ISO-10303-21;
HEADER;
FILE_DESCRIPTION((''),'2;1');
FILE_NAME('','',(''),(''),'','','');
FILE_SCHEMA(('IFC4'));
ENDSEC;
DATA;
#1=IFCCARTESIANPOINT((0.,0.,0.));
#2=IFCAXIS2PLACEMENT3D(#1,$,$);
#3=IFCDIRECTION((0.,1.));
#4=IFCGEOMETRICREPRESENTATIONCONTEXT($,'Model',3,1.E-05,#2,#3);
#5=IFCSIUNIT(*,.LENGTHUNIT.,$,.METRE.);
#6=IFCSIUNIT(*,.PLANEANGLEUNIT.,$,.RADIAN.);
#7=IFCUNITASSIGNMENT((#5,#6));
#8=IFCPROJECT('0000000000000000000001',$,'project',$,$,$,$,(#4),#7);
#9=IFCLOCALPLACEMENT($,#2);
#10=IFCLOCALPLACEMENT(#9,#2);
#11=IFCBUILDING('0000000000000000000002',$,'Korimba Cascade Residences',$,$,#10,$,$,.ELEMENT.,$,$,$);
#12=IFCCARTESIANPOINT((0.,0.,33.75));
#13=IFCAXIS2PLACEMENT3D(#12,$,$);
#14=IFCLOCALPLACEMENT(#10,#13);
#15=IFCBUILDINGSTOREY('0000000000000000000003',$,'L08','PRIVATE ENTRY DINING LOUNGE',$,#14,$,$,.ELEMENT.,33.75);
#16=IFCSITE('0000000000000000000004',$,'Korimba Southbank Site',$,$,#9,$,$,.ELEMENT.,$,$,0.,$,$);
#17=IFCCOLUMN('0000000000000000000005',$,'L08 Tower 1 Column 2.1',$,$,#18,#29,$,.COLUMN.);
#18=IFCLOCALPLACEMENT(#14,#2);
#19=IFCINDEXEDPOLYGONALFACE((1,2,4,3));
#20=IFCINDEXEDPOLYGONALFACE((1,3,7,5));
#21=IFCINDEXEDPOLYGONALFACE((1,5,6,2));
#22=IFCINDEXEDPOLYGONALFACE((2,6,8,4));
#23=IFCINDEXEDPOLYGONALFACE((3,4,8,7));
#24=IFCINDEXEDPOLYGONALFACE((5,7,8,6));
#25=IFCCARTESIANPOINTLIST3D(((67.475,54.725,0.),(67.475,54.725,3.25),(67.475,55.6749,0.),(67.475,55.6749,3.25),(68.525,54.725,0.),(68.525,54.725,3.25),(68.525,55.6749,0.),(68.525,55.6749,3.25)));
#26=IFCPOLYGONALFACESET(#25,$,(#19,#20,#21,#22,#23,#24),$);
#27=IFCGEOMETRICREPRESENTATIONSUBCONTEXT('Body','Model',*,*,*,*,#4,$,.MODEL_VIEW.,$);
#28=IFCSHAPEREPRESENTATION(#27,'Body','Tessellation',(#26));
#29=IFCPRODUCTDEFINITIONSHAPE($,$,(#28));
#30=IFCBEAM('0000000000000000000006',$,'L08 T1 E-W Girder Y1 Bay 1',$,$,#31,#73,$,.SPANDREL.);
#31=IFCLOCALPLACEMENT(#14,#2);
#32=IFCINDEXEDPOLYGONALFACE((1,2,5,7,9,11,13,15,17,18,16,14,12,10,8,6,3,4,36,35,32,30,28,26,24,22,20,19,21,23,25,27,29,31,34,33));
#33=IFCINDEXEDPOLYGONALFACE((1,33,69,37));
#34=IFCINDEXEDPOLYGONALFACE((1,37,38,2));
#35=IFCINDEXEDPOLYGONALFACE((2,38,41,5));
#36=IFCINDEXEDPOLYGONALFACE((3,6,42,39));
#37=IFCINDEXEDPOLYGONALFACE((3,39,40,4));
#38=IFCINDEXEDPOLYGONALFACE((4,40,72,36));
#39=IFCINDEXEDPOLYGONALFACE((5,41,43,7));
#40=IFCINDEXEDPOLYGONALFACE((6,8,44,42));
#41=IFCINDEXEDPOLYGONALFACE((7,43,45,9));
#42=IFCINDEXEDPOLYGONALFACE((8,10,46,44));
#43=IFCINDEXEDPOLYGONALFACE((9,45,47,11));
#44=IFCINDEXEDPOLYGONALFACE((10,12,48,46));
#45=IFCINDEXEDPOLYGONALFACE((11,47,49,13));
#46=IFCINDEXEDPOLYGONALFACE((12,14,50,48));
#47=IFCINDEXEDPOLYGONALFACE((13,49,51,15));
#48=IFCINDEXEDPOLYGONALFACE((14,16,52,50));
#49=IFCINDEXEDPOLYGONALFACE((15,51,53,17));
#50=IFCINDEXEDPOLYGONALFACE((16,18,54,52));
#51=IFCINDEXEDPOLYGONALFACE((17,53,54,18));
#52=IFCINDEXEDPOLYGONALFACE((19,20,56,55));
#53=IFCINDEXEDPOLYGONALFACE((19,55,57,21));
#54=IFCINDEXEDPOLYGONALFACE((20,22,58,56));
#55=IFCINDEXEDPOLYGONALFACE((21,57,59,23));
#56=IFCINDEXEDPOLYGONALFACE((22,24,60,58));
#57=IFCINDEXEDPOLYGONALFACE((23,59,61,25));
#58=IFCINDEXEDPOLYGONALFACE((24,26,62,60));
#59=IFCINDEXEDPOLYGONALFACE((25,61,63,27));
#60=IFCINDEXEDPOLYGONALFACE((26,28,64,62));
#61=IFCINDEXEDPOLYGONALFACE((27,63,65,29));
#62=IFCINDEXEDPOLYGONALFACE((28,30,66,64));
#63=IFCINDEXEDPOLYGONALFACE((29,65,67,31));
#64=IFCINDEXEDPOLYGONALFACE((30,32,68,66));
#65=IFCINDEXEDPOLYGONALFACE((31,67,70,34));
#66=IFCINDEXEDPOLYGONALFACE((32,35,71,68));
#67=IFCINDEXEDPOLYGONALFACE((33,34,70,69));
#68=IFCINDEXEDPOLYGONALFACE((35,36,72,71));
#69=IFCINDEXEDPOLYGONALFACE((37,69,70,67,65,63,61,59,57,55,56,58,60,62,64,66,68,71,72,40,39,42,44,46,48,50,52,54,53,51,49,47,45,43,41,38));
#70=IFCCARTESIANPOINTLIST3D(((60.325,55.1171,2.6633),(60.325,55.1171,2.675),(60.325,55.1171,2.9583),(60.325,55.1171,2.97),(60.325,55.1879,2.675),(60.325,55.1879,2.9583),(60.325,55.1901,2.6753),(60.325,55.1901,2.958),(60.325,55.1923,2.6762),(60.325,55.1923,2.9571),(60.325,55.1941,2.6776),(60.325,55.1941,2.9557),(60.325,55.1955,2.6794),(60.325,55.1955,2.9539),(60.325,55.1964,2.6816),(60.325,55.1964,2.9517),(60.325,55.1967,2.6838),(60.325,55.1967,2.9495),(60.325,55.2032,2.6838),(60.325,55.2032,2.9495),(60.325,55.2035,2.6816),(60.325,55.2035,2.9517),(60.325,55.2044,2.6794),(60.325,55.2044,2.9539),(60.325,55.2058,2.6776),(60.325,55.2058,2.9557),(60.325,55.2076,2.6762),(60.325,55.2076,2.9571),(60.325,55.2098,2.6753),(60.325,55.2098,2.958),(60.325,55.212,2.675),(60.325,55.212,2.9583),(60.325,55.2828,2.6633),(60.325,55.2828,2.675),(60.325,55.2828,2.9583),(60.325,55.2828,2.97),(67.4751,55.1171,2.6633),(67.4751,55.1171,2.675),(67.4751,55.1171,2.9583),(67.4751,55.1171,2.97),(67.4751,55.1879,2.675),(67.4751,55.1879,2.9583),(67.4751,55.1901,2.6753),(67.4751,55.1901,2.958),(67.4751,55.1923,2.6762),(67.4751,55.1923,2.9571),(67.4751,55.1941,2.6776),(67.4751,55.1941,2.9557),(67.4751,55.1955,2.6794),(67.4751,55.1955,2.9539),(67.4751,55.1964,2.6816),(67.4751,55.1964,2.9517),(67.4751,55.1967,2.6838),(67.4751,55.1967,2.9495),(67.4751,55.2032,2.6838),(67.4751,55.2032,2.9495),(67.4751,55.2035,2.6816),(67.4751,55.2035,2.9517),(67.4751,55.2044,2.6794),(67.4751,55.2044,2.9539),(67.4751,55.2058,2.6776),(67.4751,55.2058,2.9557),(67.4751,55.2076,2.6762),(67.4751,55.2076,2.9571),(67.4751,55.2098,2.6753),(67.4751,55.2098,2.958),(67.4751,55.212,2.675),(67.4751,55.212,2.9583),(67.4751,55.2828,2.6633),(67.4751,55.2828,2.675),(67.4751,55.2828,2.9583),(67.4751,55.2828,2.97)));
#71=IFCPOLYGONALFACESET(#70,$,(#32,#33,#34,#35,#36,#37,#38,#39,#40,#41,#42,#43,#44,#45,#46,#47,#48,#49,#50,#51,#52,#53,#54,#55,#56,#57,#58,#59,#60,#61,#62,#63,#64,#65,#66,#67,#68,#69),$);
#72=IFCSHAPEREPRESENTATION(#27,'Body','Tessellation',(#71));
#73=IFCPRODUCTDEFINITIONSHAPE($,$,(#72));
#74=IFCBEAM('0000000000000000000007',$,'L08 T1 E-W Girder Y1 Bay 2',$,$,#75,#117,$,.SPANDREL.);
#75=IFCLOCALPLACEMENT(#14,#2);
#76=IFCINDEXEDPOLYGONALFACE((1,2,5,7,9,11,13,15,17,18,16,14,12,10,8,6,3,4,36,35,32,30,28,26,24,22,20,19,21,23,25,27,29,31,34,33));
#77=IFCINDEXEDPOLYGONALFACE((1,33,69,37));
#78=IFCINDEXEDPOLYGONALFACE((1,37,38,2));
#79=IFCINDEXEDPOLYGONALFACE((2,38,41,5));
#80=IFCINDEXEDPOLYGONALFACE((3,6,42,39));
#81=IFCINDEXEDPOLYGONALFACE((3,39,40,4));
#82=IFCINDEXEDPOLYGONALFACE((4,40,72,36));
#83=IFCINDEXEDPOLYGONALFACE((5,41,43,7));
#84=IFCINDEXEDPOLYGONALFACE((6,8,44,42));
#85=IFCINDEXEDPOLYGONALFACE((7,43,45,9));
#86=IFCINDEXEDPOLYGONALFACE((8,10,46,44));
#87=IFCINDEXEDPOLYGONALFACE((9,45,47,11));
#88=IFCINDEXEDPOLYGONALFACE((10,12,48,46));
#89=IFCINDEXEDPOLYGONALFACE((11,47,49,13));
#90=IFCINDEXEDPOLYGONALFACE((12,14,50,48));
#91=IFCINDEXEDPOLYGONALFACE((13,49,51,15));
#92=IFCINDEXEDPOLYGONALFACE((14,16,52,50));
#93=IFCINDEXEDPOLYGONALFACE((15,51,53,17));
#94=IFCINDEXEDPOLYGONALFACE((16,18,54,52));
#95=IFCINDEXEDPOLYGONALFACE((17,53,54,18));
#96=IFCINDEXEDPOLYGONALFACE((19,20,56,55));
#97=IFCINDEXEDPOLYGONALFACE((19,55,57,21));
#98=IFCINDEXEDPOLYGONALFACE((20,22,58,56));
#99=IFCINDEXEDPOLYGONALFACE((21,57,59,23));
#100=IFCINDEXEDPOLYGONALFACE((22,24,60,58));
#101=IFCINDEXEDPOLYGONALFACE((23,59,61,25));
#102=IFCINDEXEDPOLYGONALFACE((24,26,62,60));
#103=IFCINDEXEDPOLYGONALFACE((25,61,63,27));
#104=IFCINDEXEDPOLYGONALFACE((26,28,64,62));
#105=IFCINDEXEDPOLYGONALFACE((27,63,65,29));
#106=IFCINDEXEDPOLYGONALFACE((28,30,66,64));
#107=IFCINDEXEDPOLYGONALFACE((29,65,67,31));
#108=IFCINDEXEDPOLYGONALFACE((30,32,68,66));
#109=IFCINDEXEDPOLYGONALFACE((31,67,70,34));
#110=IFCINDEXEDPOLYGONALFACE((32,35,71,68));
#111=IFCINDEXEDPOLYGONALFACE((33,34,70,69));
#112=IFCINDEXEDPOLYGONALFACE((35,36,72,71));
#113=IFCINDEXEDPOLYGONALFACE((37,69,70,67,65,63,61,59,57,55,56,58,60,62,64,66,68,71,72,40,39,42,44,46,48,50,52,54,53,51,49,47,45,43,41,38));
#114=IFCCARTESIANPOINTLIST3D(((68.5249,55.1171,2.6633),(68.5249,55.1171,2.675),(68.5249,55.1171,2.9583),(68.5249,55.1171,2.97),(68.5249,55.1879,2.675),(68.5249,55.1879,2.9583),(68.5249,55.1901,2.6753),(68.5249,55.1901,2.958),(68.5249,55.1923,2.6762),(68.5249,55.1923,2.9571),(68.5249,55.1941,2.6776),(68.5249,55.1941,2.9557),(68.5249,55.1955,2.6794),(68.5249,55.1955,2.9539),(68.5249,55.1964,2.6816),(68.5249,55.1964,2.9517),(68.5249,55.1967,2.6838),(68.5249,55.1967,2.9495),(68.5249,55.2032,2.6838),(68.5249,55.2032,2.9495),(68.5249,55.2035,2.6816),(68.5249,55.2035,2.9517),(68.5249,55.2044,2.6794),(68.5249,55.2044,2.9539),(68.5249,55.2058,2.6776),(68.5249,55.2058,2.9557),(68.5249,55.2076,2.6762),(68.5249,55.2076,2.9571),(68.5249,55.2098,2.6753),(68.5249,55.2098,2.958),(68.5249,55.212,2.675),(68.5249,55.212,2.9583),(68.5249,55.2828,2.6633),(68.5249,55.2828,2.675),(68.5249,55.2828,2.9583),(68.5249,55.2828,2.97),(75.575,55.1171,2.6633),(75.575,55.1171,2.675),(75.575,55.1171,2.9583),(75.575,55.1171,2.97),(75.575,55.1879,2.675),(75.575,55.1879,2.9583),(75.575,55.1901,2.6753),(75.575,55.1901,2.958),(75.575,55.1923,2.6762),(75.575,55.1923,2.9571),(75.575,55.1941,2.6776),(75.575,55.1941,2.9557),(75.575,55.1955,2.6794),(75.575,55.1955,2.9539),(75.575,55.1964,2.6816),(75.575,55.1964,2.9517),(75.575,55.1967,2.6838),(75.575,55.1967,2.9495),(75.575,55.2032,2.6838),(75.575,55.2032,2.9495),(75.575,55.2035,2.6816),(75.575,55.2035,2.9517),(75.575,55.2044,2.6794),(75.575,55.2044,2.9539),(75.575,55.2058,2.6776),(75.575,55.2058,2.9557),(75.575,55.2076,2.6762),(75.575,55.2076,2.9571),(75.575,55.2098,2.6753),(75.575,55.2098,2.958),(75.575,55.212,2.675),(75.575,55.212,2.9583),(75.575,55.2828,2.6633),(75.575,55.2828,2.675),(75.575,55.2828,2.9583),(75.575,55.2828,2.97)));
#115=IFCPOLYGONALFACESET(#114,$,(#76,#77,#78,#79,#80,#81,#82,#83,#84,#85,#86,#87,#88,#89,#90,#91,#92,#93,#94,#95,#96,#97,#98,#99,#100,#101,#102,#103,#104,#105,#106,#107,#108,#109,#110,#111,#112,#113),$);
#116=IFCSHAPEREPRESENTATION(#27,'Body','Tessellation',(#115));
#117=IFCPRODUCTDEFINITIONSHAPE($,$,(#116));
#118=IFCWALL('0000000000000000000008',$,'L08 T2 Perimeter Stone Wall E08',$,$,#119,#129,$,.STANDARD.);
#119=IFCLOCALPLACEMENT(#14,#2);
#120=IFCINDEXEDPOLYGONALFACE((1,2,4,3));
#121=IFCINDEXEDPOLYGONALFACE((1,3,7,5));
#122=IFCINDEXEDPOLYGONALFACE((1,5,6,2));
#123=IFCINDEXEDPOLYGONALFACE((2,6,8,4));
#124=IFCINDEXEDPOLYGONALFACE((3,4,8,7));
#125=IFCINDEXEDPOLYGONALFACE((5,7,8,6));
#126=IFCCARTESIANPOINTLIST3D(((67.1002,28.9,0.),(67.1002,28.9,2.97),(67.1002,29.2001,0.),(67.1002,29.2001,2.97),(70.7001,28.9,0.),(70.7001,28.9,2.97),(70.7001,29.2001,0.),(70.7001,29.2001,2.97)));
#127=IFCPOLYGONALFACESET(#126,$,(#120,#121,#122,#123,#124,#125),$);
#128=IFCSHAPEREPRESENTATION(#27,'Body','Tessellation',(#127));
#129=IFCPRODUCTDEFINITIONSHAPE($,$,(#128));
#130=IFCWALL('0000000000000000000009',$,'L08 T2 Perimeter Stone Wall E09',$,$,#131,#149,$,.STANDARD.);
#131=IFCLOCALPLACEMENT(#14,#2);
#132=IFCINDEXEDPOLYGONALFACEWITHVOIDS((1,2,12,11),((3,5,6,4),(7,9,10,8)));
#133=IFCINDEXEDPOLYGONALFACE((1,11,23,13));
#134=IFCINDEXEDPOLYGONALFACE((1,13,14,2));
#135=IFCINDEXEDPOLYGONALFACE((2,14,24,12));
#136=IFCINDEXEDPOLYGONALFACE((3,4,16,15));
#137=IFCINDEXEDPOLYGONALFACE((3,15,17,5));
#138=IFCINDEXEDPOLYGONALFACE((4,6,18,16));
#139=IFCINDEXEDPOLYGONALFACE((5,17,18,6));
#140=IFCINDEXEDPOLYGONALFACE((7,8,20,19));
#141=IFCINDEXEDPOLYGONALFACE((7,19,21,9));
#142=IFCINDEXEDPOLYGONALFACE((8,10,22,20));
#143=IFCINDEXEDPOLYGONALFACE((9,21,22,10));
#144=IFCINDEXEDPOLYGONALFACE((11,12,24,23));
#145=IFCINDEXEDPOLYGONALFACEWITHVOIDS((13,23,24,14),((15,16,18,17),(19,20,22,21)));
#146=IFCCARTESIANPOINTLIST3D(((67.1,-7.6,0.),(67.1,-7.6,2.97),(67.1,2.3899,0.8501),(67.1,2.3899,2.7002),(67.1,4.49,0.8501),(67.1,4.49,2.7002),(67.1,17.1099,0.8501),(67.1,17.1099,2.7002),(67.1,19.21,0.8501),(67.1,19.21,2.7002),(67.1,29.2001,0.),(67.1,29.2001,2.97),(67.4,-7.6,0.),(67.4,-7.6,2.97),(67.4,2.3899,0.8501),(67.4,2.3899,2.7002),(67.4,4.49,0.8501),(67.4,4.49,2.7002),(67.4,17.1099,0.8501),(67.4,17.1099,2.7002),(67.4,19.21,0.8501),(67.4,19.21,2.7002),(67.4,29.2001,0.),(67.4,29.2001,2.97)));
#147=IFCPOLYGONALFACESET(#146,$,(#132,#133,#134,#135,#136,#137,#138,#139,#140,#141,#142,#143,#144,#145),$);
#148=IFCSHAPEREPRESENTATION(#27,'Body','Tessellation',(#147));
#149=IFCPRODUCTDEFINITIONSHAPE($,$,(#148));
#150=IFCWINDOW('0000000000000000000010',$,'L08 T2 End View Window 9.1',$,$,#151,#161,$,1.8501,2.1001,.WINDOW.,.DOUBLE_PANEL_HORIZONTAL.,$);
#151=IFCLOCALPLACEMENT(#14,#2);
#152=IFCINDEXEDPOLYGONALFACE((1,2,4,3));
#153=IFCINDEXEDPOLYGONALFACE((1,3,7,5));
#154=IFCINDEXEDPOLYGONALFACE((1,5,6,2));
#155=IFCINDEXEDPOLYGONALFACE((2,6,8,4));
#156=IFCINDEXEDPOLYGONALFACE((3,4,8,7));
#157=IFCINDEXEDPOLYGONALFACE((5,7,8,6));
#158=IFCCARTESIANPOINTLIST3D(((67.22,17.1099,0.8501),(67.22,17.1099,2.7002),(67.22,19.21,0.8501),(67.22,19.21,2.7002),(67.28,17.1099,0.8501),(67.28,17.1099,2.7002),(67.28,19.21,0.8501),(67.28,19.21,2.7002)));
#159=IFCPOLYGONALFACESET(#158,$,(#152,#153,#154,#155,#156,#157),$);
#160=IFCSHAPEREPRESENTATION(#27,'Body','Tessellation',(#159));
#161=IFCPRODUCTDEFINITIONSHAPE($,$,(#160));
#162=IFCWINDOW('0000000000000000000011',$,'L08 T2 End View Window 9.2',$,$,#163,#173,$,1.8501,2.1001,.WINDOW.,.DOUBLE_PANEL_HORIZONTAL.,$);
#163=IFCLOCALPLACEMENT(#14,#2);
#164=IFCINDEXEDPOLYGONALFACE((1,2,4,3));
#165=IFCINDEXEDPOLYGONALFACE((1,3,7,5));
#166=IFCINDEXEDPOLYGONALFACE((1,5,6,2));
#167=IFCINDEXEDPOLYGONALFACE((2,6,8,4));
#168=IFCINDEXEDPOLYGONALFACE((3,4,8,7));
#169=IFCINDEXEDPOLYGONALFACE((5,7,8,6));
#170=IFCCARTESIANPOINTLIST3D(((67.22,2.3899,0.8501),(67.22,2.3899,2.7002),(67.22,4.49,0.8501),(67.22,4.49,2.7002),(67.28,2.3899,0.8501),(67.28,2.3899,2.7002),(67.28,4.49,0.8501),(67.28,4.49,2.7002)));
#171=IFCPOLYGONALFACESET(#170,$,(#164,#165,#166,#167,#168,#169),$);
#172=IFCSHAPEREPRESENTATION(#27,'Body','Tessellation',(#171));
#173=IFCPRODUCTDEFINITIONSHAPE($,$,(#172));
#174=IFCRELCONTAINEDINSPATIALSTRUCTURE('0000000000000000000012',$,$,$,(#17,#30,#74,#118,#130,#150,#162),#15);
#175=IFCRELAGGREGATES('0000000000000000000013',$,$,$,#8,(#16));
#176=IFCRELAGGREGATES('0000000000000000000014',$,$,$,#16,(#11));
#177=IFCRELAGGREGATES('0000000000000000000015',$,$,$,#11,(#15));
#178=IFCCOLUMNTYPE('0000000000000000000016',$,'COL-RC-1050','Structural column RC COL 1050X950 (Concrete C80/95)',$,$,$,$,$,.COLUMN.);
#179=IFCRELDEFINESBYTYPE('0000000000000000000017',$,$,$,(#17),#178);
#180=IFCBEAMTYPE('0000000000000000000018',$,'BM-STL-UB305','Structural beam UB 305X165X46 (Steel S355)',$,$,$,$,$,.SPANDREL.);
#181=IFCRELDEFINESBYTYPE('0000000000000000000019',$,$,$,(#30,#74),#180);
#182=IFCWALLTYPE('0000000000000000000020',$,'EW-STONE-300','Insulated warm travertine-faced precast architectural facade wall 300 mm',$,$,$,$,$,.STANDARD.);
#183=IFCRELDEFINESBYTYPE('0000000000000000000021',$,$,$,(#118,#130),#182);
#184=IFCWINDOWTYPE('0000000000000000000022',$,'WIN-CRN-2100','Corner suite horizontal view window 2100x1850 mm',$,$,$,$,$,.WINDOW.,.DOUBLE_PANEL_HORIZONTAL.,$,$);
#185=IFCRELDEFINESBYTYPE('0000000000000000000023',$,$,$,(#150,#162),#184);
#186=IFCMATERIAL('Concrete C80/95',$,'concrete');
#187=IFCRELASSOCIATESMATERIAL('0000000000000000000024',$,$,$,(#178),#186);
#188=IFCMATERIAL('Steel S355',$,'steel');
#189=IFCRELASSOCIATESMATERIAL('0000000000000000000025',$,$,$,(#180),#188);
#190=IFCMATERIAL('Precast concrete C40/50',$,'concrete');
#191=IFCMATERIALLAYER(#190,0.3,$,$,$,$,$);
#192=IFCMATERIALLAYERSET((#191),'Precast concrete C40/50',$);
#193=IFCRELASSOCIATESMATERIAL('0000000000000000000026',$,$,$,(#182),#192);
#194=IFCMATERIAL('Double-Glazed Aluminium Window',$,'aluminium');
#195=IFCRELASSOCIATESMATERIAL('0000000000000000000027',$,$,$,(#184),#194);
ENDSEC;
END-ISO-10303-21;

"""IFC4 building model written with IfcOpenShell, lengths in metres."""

from ifc_helpers import new_model, si_unit, direction, frame, frame_2d, origin, origin_2d, place, context, subcontext, project, spatial, rectangle, i_section, extrude, material, layer, layer_set, material_profile, profile_set, type_object, element, fill, save


model = new_model("IFC4")

# Units and contexts
model_context = context("Model", 3, precision=1e-05, world=origin(), true_north=direction((0.0, 1.0)))
body_context = subcontext(model_context, "Body", "Model", "MODEL_VIEW")
ifc_project = project(units=[si_unit("LENGTHUNIT", "METRE"), si_unit("PLANEANGLEUNIT", "RADIAN")], contexts=[model_context])

# Site, building, storey
site_placement = place(None, origin())
site = spatial("IfcSite", under=ifc_project, at=site_placement, Name="Korimba Southbank Site", CompositionType="ELEMENT", RefElevation=0.0)
building_placement = place(site_placement, origin())
building = spatial("IfcBuilding", under=site, at=building_placement, Name="Korimba Cascade Residences", CompositionType="ELEMENT")
storey_placement = place(building_placement, frame((0.0, 0.0, 33.75)))
storey = spatial("IfcBuildingStorey", under=building, at=storey_placement, Name="L08", Description="PRIVATE ENTRY DINING LOUNGE", CompositionType="ELEMENT", Elevation=33.75)

# Column
ifc_material_1 = material(Name="Concrete C80/95", Category="concrete")
ifc_material_profile_1 = material_profile(ifc_material_1, rectangle(XDim=1.05, YDim=0.95, at=origin_2d()), Name="Concrete C80/95")
ifc_profile_set_1 = profile_set([ifc_material_profile_1], Name="Concrete C80/95")
column_type = type_object("IfcColumnType", Name="COL-RC-1050", Description="Structural column RC COL 1050X950 (Concrete C80/95)", PredefinedType="COLUMN", material=ifc_profile_set_1)
column_placement = place(storey_placement, frame((68.0, 55.2, 0.0), z_axis=(0.0, 0.0, 1.0), x_axis=(1.0, 0.0, 0.0)))
element("IfcColumn", 1, at=column_placement, inside=storey, type_object=column_type, Name="L08 Tower 1 Column 2.1", PredefinedType="COLUMN", context=body_context, shape_type="SweptSolid", body=[
    extrude(rectangle(XDim=1.05, YDim=0.95, at=origin_2d()), origin(), (0.0, 0.0, 1.0), 3.25),
])

# Beams
ifc_material_2 = material(Name="Steel S355", Category="steel")
ifc_material_profile_2 = material_profile(ifc_material_2, i_section(OverallWidth=0.1658, OverallDepth=0.3066, WebThickness=0.0066, FlangeThickness=0.0117, FilletRadius=0.0088, at=origin_2d()), Name="Steel S355")
ifc_profile_set_2 = profile_set([ifc_material_profile_2], Name="Steel S355")
beam_type = type_object("IfcBeamType", Name="BM-STL-UB305", Description="Structural beam UB 305X165X46 (Steel S355)", PredefinedType="SPANDREL", material=ifc_profile_set_2)
beam_1_placement = place(storey_placement, frame((60.325, 55.2, 2.8167), z_axis=(1.0, 0.0, 0.0), x_axis=(0.0, 1.0, 0.0)))
element("IfcBeam", 2, at=beam_1_placement, inside=storey, type_object=beam_type, Name="L08 T1 E-W Girder Y1 Bay 1", PredefinedType="SPANDREL", context=body_context, shape_type="SweptSolid", body=[
    extrude(i_section(OverallWidth=0.1658, OverallDepth=0.3066, WebThickness=0.0066, FlangeThickness=0.0117, FilletRadius=0.0088, at=origin_2d()), origin(), (0.0, 0.0, 1.0), 7.1501),
])
beam_2_placement = place(storey_placement, frame((68.5249, 55.2, 2.8167), z_axis=(1.0, 0.0, 0.0), x_axis=(0.0, 1.0, 0.0)))
element("IfcBeam", 3, at=beam_2_placement, inside=storey, type_object=beam_type, Name="L08 T1 E-W Girder Y1 Bay 2", PredefinedType="SPANDREL", context=body_context, shape_type="SweptSolid", body=[
    extrude(i_section(OverallWidth=0.1658, OverallDepth=0.3066, WebThickness=0.0066, FlangeThickness=0.0117, FilletRadius=0.0088, at=origin_2d()), origin(), (0.0, 0.0, 1.0), 7.05),
])

# Wall
ifc_material_3 = material(Name="Precast concrete C40/50", Category="concrete")
ifc_layer_1 = layer(ifc_material_3, 0.3)
ifc_layer_set_1 = layer_set([ifc_layer_1], Name="Precast concrete C40/50")
wall_type_1 = type_object("IfcWallType", Name="EW-STONE-300", Description="Insulated warm travertine-faced precast architectural facade wall 300 mm", PredefinedType="STANDARD", material=ifc_layer_set_1)
wall_1_placement = place(storey_placement, frame((70.7, 29.05, 0.0), z_axis=(0.0, 0.0, 1.0), x_axis=(-1.0, 0.0, 0.0)))
element("IfcWall", 4, at=wall_1_placement, inside=storey, type_object=wall_type_1, Name="L08 T2 Perimeter Stone Wall E08", PredefinedType="STANDARD", context=body_context, shape_type="SweptSolid", body=[
    extrude(rectangle(XDim=3.5999, YDim=0.3, at=frame_2d((1.7998, 0.0))), origin(), (0.0, 0.0, 1.0), 2.97),
])

# Wall, openings, windows
wall_2_placement = place(storey_placement, frame((67.25, 29.2, 0.0), z_axis=(0.0, 0.0, 1.0), x_axis=(0.0, -1.0, 0.0)))
wall_2 = element("IfcWall", 5, at=wall_2_placement, inside=storey, type_object=wall_type_1, Name="L08 T2 Perimeter Stone Wall E09", PredefinedType="STANDARD", context=body_context, shape_type="SweptSolid", body=[
    extrude(rectangle(XDim=36.8, YDim=0.3, at=frame_2d((18.3999, 0.0))), origin(), (0.0, 0.0, 1.0), 2.97),
])
opening_1_placement = place(wall_2_placement, frame((9.99, 0.0, 0.8501)))
opening_1 = element("IfcOpeningElement", 6, at=opening_1_placement, cuts=wall_2, PredefinedType="OPENING", context=body_context, shape_type="SweptSolid", body=[
    extrude(rectangle(XDim=2.1001, YDim=1.8501, at=frame_2d((1.05, 0.925))), frame((0.0, 0.1602, 0.0), z_axis=(0.0, -1.0, 0.0), x_axis=(1.0, 0.0, 0.0)), (0.0, 0.0, 1.0), 0.3201),
])
opening_2_placement = place(wall_2_placement, frame((24.71, 0.0, 0.8501)))
opening_2 = element("IfcOpeningElement", 7, at=opening_2_placement, cuts=wall_2, PredefinedType="OPENING", context=body_context, shape_type="SweptSolid", body=[
    extrude(rectangle(XDim=2.1001, YDim=1.8501, at=frame_2d((1.05, 0.925))), frame((0.0, 0.1602, 0.0), z_axis=(0.0, -1.0, 0.0), x_axis=(1.0, 0.0, 0.0)), (0.0, 0.0, 1.0), 0.3201),
])
ifc_material_4 = material(Name="Double-Glazed Aluminium Window", Category="aluminium")
window_type = type_object("IfcWindowType", Name="WIN-CRN-2100", Description="Corner suite horizontal view window 2100x1850 mm", PartitioningType="DOUBLE_PANEL_HORIZONTAL", PredefinedType="WINDOW", material=ifc_material_4)
window_1_placement = place(opening_1_placement, origin())
window_1 = element("IfcWindow", 8, at=window_1_placement, inside=storey, type_object=window_type, Name="L08 T2 End View Window 9.1", OverallHeight=1.8501, OverallWidth=2.1001, PartitioningType="DOUBLE_PANEL_HORIZONTAL", PredefinedType="WINDOW", context=body_context, shape_type="SweptSolid", body=[
    extrude(rectangle(XDim=2.1001, YDim=1.8501, at=frame_2d((1.05, 0.925))), frame((0.0, 0.03, 0.0), z_axis=(0.0, -1.0, 0.0), x_axis=(1.0, 0.0, 0.0)), (0.0, 0.0, 1.0), 0.0601),
])
fill(opening_1, window_1)
window_2_placement = place(opening_2_placement, origin())
window_2 = element("IfcWindow", 9, at=window_2_placement, inside=storey, type_object=window_type, Name="L08 T2 End View Window 9.2", OverallHeight=1.8501, OverallWidth=2.1001, PartitioningType="DOUBLE_PANEL_HORIZONTAL", PredefinedType="WINDOW", context=body_context, shape_type="SweptSolid", body=[
    extrude(rectangle(XDim=2.1001, YDim=1.8501, at=frame_2d((1.05, 0.925))), frame((0.0, 0.03, 0.0), z_axis=(0.0, -1.0, 0.0), x_axis=(1.0, 0.0, 0.0)), (0.0, 0.0, 1.0), 0.0601),
])
fill(opening_2, window_2)

save(model, "model.ifc")
